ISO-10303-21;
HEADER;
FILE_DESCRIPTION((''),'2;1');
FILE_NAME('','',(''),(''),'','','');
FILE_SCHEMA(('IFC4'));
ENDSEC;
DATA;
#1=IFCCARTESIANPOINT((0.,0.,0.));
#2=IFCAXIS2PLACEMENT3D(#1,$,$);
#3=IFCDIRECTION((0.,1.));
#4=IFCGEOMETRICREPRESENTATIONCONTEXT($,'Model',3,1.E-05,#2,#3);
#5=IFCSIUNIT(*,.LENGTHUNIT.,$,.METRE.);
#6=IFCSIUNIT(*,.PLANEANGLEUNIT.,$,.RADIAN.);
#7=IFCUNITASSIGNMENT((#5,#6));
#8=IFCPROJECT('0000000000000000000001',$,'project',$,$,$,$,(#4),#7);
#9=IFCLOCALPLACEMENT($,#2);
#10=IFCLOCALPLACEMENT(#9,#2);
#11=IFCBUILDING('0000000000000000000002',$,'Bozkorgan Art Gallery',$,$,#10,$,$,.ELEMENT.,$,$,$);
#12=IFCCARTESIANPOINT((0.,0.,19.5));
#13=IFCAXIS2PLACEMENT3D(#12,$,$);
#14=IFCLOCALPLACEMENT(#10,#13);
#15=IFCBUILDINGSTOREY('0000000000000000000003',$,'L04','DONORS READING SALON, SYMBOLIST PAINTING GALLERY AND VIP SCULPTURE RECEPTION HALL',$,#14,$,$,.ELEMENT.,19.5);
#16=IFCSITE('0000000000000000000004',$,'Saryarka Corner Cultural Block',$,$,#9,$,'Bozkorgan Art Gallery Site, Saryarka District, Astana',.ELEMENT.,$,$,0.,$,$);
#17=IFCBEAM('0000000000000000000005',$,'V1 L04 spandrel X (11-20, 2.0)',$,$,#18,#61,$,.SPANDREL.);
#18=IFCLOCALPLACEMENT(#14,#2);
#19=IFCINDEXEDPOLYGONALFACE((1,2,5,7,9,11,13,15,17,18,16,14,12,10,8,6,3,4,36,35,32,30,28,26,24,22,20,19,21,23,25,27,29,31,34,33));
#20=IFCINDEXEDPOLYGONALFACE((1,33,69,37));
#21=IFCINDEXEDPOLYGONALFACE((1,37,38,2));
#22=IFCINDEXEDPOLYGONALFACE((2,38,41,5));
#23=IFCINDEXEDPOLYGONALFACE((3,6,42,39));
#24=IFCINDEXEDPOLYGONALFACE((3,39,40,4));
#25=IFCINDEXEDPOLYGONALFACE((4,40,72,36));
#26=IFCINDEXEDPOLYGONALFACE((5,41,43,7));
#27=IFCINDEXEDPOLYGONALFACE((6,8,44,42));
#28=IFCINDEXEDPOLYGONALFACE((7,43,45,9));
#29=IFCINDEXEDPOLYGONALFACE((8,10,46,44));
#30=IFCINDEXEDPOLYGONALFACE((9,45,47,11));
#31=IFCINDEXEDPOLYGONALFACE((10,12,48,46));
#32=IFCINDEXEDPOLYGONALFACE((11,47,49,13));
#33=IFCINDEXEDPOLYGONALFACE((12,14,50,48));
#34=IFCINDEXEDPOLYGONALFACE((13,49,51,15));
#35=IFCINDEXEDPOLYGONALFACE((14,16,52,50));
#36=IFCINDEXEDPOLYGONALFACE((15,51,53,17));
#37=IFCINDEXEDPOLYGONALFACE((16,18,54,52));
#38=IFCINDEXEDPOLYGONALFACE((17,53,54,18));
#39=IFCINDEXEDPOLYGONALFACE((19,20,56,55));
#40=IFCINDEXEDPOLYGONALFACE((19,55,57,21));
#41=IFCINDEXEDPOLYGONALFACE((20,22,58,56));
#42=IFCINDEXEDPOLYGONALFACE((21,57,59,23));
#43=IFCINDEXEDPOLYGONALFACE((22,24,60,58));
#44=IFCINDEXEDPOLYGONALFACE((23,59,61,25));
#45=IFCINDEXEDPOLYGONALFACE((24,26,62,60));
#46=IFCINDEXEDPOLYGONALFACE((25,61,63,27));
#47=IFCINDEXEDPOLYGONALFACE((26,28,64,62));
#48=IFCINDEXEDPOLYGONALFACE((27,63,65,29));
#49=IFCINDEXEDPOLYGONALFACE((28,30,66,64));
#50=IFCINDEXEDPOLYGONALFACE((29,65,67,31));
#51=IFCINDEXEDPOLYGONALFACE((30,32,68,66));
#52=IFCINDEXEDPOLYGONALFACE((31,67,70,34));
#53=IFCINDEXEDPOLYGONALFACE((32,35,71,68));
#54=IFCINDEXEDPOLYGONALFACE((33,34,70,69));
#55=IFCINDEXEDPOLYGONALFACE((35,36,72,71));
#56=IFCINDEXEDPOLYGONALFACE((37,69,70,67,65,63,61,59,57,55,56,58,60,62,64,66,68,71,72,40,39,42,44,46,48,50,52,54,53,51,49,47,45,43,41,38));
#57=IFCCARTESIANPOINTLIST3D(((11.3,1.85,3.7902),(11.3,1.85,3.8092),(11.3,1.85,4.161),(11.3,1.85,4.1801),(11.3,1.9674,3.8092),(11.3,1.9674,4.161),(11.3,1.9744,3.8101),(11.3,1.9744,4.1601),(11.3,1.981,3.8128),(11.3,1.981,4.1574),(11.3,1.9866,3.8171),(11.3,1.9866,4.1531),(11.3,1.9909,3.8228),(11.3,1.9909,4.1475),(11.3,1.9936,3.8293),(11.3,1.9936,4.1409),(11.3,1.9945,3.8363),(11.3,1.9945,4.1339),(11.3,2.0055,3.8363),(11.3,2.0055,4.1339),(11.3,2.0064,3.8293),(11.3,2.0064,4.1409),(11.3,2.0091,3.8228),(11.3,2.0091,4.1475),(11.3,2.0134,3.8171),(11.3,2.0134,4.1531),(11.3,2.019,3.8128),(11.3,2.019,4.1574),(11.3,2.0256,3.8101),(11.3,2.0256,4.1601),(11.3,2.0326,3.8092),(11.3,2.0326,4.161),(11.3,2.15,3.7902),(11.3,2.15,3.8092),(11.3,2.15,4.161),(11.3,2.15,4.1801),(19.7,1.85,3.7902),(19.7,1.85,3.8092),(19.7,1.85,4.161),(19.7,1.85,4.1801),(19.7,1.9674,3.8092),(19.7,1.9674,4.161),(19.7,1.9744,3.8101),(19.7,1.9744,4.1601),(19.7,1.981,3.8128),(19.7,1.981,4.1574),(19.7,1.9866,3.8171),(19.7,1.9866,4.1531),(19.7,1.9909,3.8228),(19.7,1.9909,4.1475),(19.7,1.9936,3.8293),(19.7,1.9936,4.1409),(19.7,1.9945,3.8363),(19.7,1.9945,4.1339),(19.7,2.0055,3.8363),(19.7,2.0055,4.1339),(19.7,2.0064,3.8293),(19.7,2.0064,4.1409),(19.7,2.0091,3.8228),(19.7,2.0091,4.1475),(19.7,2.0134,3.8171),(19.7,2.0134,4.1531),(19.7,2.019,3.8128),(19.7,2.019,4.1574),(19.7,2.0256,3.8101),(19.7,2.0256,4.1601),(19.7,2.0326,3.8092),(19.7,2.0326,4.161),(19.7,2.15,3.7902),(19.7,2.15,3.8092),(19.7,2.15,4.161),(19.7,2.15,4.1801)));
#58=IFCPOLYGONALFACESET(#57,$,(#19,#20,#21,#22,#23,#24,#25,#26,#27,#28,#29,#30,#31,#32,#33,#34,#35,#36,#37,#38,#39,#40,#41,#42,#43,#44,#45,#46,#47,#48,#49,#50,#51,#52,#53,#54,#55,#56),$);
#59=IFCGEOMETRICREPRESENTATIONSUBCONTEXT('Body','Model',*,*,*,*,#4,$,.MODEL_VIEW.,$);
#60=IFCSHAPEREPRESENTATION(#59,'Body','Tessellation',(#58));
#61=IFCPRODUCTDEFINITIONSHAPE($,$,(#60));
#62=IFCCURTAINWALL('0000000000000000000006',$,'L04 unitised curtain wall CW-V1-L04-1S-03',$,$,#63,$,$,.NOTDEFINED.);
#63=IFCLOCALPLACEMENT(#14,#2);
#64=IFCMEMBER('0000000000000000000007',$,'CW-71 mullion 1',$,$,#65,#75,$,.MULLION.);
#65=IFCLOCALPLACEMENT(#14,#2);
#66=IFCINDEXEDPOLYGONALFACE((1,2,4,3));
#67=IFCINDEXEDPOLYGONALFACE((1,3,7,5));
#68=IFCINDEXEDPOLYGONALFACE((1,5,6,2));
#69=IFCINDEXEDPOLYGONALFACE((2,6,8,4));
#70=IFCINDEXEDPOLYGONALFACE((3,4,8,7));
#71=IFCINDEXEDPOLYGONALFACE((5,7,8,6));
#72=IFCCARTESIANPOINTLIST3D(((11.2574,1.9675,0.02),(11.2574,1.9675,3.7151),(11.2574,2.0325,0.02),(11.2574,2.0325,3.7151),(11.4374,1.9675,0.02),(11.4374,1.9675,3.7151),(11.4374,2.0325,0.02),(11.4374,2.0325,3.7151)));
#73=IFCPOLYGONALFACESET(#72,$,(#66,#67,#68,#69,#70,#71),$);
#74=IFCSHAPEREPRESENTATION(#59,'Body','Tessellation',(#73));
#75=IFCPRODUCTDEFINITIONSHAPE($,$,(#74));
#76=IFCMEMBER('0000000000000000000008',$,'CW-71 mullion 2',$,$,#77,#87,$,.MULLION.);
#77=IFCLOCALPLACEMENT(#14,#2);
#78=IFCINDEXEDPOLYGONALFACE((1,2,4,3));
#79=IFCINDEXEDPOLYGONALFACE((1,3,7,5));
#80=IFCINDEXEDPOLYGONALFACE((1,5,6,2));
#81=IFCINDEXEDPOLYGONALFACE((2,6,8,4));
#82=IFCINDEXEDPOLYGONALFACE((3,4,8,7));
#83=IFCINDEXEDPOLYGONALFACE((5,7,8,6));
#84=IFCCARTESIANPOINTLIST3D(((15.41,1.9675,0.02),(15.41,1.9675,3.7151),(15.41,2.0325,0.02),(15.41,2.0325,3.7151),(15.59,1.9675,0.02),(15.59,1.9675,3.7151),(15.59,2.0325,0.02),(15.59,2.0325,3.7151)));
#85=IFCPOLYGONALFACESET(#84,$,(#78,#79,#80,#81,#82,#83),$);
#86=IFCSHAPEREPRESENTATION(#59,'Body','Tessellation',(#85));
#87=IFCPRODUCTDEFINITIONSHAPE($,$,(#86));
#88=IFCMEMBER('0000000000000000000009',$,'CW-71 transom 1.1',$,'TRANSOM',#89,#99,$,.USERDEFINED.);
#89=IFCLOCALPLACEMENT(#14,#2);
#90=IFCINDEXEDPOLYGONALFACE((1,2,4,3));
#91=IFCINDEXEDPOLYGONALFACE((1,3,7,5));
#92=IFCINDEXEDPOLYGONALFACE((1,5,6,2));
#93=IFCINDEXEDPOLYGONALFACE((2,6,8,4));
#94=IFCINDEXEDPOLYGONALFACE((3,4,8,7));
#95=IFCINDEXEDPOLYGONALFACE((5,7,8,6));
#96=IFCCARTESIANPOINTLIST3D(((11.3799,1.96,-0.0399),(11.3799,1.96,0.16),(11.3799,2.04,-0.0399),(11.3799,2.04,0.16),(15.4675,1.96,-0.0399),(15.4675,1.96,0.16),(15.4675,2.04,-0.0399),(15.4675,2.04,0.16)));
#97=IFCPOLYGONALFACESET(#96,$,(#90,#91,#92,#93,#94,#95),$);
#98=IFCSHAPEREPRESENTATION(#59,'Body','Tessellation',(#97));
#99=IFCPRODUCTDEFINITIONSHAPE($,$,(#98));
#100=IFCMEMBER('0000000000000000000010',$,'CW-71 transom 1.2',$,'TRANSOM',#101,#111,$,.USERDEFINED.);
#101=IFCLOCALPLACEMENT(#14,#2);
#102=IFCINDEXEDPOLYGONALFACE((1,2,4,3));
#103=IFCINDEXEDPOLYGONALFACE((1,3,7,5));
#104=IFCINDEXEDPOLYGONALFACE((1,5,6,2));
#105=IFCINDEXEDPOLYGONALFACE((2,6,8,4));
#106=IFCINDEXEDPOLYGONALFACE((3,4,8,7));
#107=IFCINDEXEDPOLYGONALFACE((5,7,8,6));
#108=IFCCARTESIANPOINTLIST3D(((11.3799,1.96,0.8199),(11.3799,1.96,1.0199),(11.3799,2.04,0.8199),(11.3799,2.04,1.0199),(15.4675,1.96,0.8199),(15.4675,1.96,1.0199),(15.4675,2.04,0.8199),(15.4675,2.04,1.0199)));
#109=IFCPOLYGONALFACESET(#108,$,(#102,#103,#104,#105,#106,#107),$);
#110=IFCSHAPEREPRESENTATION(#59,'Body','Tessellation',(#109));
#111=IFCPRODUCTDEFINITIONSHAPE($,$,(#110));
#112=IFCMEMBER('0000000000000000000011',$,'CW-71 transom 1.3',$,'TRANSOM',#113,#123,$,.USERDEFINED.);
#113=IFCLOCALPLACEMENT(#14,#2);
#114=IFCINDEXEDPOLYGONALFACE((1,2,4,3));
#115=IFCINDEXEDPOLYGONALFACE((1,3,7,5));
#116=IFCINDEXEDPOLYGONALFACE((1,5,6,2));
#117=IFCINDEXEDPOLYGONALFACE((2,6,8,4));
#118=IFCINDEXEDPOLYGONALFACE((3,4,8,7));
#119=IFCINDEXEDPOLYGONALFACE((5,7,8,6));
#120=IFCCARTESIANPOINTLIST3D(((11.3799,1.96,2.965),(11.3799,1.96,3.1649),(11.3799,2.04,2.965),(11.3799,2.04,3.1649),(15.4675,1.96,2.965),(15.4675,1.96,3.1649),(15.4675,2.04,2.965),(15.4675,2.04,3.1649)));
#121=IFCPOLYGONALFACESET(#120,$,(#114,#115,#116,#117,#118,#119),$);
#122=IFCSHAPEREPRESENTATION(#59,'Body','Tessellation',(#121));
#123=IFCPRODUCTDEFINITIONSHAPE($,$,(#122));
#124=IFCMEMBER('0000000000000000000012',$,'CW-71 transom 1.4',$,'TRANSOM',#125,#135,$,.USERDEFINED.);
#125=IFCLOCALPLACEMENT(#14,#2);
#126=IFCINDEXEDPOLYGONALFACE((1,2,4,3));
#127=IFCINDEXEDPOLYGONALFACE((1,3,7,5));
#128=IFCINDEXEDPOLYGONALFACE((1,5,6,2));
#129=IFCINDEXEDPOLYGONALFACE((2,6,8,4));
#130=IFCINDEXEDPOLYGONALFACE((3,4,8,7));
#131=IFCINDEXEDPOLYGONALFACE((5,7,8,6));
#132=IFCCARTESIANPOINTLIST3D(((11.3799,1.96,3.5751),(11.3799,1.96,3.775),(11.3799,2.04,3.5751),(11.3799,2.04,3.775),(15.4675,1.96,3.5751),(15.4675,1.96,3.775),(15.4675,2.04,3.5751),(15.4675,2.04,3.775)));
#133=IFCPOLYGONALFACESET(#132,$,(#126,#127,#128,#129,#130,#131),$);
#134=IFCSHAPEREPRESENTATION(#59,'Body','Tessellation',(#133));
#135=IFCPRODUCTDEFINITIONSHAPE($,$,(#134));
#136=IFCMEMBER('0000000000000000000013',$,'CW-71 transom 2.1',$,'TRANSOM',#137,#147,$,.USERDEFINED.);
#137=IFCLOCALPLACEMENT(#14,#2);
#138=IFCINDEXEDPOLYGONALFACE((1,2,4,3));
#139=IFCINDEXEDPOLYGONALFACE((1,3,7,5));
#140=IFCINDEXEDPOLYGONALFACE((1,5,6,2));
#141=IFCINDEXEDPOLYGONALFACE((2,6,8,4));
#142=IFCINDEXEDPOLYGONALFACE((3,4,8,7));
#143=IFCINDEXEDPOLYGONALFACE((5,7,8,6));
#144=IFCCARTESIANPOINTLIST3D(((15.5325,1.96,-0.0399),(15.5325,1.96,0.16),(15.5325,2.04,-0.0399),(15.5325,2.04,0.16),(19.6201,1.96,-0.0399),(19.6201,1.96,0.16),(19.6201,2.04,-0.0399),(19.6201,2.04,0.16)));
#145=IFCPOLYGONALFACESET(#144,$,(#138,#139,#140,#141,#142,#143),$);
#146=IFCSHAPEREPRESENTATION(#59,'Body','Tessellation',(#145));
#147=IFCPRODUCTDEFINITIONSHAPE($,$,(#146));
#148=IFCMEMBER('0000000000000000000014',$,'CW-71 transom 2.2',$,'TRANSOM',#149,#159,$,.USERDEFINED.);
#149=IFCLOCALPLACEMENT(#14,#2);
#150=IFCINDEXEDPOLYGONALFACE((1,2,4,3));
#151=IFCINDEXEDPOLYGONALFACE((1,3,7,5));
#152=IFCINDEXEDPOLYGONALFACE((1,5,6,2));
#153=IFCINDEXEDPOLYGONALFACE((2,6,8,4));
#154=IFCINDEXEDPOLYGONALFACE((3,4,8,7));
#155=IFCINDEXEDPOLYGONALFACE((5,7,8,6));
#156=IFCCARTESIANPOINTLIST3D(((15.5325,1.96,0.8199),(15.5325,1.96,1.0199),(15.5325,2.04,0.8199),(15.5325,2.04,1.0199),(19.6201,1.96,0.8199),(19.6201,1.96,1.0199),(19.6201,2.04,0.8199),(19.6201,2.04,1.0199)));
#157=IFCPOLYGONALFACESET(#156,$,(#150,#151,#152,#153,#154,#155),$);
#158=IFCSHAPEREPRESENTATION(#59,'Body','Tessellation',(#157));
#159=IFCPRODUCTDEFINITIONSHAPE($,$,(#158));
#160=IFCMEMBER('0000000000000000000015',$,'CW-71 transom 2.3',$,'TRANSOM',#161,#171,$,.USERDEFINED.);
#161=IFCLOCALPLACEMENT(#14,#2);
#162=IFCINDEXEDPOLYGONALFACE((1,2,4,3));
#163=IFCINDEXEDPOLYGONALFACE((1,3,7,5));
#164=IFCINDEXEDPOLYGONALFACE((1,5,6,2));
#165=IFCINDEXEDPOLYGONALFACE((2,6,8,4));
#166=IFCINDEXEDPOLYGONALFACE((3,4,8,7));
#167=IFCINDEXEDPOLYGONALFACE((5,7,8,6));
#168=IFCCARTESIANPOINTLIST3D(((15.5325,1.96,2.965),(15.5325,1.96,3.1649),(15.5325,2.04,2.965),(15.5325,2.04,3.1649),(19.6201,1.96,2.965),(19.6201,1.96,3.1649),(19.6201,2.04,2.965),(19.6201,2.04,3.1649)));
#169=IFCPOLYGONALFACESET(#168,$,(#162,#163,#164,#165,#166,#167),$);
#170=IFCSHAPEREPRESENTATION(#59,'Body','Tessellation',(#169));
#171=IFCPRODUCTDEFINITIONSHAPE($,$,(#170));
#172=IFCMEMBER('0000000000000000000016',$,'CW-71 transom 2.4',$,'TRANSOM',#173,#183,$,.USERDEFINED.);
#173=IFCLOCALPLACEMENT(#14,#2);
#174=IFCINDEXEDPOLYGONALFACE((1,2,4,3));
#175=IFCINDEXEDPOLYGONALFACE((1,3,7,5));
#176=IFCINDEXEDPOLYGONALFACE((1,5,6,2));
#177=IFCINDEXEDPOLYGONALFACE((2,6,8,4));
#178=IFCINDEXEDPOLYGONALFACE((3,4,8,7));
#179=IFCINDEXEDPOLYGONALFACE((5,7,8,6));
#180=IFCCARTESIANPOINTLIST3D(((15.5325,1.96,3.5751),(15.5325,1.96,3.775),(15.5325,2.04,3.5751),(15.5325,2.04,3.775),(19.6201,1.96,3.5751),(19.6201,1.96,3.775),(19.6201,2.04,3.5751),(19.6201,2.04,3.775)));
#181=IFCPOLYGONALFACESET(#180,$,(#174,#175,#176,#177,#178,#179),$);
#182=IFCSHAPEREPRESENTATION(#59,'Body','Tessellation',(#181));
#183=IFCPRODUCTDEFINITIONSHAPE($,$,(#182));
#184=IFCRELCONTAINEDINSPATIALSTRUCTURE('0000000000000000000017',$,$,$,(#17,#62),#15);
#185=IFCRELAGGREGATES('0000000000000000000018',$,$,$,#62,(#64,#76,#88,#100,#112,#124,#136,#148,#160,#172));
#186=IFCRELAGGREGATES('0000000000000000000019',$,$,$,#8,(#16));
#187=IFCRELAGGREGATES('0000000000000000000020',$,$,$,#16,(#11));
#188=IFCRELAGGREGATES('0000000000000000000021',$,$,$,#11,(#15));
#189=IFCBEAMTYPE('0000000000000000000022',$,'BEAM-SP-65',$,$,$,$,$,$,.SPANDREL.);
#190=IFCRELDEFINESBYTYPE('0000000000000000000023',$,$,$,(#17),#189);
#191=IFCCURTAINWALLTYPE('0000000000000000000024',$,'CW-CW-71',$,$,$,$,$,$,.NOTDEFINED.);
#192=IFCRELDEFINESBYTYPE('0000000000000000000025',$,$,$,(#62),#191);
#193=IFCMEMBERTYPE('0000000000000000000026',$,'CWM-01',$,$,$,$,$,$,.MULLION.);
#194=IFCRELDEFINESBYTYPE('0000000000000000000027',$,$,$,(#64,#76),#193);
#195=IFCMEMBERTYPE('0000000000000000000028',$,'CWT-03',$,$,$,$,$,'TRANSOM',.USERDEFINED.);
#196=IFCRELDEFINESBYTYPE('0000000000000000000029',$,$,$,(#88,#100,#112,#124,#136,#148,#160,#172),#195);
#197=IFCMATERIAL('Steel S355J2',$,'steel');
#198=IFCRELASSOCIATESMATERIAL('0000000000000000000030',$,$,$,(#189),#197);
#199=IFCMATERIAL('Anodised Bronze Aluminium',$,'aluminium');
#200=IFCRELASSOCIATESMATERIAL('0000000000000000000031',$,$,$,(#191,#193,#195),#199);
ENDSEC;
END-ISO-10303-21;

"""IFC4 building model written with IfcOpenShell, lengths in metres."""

from ifc_helpers import new_model, si_unit, direction, frame, origin, origin_2d, place, context, subcontext, project, spatial, rectangle, i_section, extrude, material, material_profile, profile_set, type_object, element, aggregate, save


model = new_model("IFC4")

# Units and contexts
model_context = context("Model", 3, precision=1e-05, world=origin(), true_north=direction((0.0, 1.0)))
body_context = subcontext(model_context, "Body", "Model", "MODEL_VIEW")
ifc_project = project(units=[si_unit("LENGTHUNIT", "METRE"), si_unit("PLANEANGLEUNIT", "RADIAN")], contexts=[model_context])

# Site, building, storey
site_placement = place(None, origin())
site = spatial("IfcSite", under=ifc_project, at=site_placement, Name="Saryarka Corner Cultural Block", LongName="Bozkorgan Art Gallery Site, Saryarka District, Astana", CompositionType="ELEMENT", RefElevation=0.0)
building_placement = place(site_placement, origin())
building = spatial("IfcBuilding", under=site, at=building_placement, Name="Bozkorgan Art Gallery", CompositionType="ELEMENT")
storey_placement = place(building_placement, frame((0.0, 0.0, 19.5)))
storey = spatial("IfcBuildingStorey", under=building, at=storey_placement, Name="L04", Description="DONORS READING SALON, SYMBOLIST PAINTING GALLERY AND VIP SCULPTURE RECEPTION HALL", CompositionType="ELEMENT", Elevation=19.5)

# Beam
ifc_material_1 = material(Name="Steel S355J2", Category="steel")
ifc_material_profile_1 = material_profile(ifc_material_1, i_section(OverallWidth=0.3, OverallDepth=0.3899, WebThickness=0.011, FlangeThickness=0.019, FilletRadius=0.0271, at=origin_2d()), Name="HEA 400")
ifc_profile_set_1 = profile_set([ifc_material_profile_1], Name="Steel S355J2")
beam_type = type_object("IfcBeamType", Name="BEAM-SP-65", PredefinedType="SPANDREL", material=ifc_profile_set_1)
beam_placement = place(storey_placement, frame((11.3, 2.0, 3.9851), z_axis=(1.0, 0.0, 0.0), x_axis=(0.0, 1.0, 0.0)))
element("IfcBeam", 1, at=beam_placement, inside=storey, type_object=beam_type, Name="V1 L04 spandrel X (11-20, 2.0)", PredefinedType="SPANDREL", context=body_context, shape_type="SweptSolid", body=[
    extrude(i_section(OverallWidth=0.3, OverallDepth=0.3899, WebThickness=0.011, FlangeThickness=0.019, FilletRadius=0.0271, at=origin_2d()), origin(), (0.0, 0.0, 1.0), 8.3999),
])

# Curtain wall, members
ifc_material_2 = material(Name="Anodised Bronze Aluminium", Category="aluminium")
curtain_wall_type = type_object("IfcCurtainWallType", Name="CW-CW-71", PredefinedType="NOTDEFINED", material=ifc_material_2)
curtain_wall_placement = place(storey_placement, origin())
curtain_wall = element("IfcCurtainWall", 2, at=curtain_wall_placement, inside=storey, type_object=curtain_wall_type, Name="L04 unitised curtain wall CW-V1-L04-1S-03", PredefinedType="NOTDEFINED")
ifc_material_profile_2 = material_profile(ifc_material_2, rectangle(XDim=0.0649, YDim=0.1799, at=origin_2d()), Name="ALU MULLION 65x180")
ifc_profile_set_2 = profile_set([ifc_material_profile_2], Name="Anodised Bronze Aluminium")
member_type_1 = type_object("IfcMemberType", Name="CWM-01", PredefinedType="MULLION", material=ifc_profile_set_2)
member_1_placement = place(storey_placement, frame((11.3474, 2.0, 0.02), z_axis=(0.0, 0.0, 1.0), x_axis=(0.0, 1.0, 0.0)))
member_1 = element("IfcMember", 3, at=member_1_placement, type_object=member_type_1, Name="CW-71 mullion 1", PredefinedType="MULLION", context=body_context, shape_type="SweptSolid", body=[
    extrude(rectangle(XDim=0.0649, YDim=0.1799, at=origin_2d()), origin(), (0.0, 0.0, 1.0), 3.6951),
])
member_2_placement = place(storey_placement, frame((15.5, 2.0, 0.02), z_axis=(0.0, 0.0, 1.0), x_axis=(0.0, 1.0, 0.0)))
member_2 = element("IfcMember", 4, at=member_2_placement, type_object=member_type_1, Name="CW-71 mullion 2", PredefinedType="MULLION", context=body_context, shape_type="SweptSolid", body=[
    extrude(rectangle(XDim=0.0649, YDim=0.1799, at=origin_2d()), origin(), (0.0, 0.0, 1.0), 3.6951),
])
ifc_material_profile_3 = material_profile(ifc_material_2, rectangle(XDim=0.0801, YDim=0.2, at=origin_2d()), Name="ALU TRANSOM 80x200")
ifc_profile_set_3 = profile_set([ifc_material_profile_3], Name="Anodised Bronze Aluminium")
member_type_2 = type_object("IfcMemberType", Name="CWT-03", ElementType="TRANSOM", PredefinedType="USERDEFINED", material=ifc_profile_set_3)
member_3_placement = place(storey_placement, frame((11.3799, 2.0, 0.0601), z_axis=(1.0, 0.0, 0.0), x_axis=(0.0, 1.0, 0.0)))
member_3 = element("IfcMember", 5, at=member_3_placement, type_object=member_type_2, Name="CW-71 transom 1.1", ObjectType="TRANSOM", PredefinedType="USERDEFINED", context=body_context, shape_type="SweptSolid", body=[
    extrude(rectangle(XDim=0.0801, YDim=0.2, at=origin_2d()), origin(), (0.0, 0.0, 1.0), 4.0876),
])
member_4_placement = place(storey_placement, frame((11.3799, 2.0, 0.9199), z_axis=(1.0, 0.0, 0.0), x_axis=(0.0, 1.0, 0.0)))
member_4 = element("IfcMember", 6, at=member_4_placement, type_object=member_type_2, Name="CW-71 transom 1.2", ObjectType="TRANSOM", PredefinedType="USERDEFINED", context=body_context, shape_type="SweptSolid", body=[
    extrude(rectangle(XDim=0.0801, YDim=0.2, at=origin_2d()), origin(), (0.0, 0.0, 1.0), 4.0876),
])
member_5_placement = place(storey_placement, frame((11.3799, 2.0, 3.0649), z_axis=(1.0, 0.0, 0.0), x_axis=(0.0, 1.0, 0.0)))
member_5 = element("IfcMember", 7, at=member_5_placement, type_object=member_type_2, Name="CW-71 transom 1.3", ObjectType="TRANSOM", PredefinedType="USERDEFINED", context=body_context, shape_type="SweptSolid", body=[
    extrude(rectangle(XDim=0.0801, YDim=0.2, at=origin_2d()), origin(), (0.0, 0.0, 1.0), 4.0876),
])
member_6_placement = place(storey_placement, frame((11.3799, 2.0, 3.675), z_axis=(1.0, 0.0, 0.0), x_axis=(0.0, 1.0, 0.0)))
member_6 = element("IfcMember", 8, at=member_6_placement, type_object=member_type_2, Name="CW-71 transom 1.4", ObjectType="TRANSOM", PredefinedType="USERDEFINED", context=body_context, shape_type="SweptSolid", body=[
    extrude(rectangle(XDim=0.0801, YDim=0.2, at=origin_2d()), origin(), (0.0, 0.0, 1.0), 4.0876),
])
member_7_placement = place(storey_placement, frame((15.5325, 2.0, 0.0601), z_axis=(1.0, 0.0, 0.0), x_axis=(0.0, 1.0, 0.0)))
member_7 = element("IfcMember", 9, at=member_7_placement, type_object=member_type_2, Name="CW-71 transom 2.1", ObjectType="TRANSOM", PredefinedType="USERDEFINED", context=body_context, shape_type="SweptSolid", body=[
    extrude(rectangle(XDim=0.0801, YDim=0.2, at=origin_2d()), origin(), (0.0, 0.0, 1.0), 4.0876),
])
member_8_placement = place(storey_placement, frame((15.5325, 2.0, 0.9199), z_axis=(1.0, 0.0, 0.0), x_axis=(0.0, 1.0, 0.0)))
member_8 = element("IfcMember", 10, at=member_8_placement, type_object=member_type_2, Name="CW-71 transom 2.2", ObjectType="TRANSOM", PredefinedType="USERDEFINED", context=body_context, shape_type="SweptSolid", body=[
    extrude(rectangle(XDim=0.0801, YDim=0.2, at=origin_2d()), origin(), (0.0, 0.0, 1.0), 4.0876),
])
member_9_placement = place(storey_placement, frame((15.5325, 2.0, 3.0649), z_axis=(1.0, 0.0, 0.0), x_axis=(0.0, 1.0, 0.0)))
member_9 = element("IfcMember", 11, at=member_9_placement, type_object=member_type_2, Name="CW-71 transom 2.3", ObjectType="TRANSOM", PredefinedType="USERDEFINED", context=body_context, shape_type="SweptSolid", body=[
    extrude(rectangle(XDim=0.0801, YDim=0.2, at=origin_2d()), origin(), (0.0, 0.0, 1.0), 4.0876),
])
member_10_placement = place(storey_placement, frame((15.5325, 2.0, 3.675), z_axis=(1.0, 0.0, 0.0), x_axis=(0.0, 1.0, 0.0)))
member_10 = element("IfcMember", 12, at=member_10_placement, type_object=member_type_2, Name="CW-71 transom 2.4", ObjectType="TRANSOM", PredefinedType="USERDEFINED", context=body_context, shape_type="SweptSolid", body=[
    extrude(rectangle(XDim=0.0801, YDim=0.2, at=origin_2d()), origin(), (0.0, 0.0, 1.0), 4.0876),
])
aggregate(curtain_wall, [member_1, member_2, member_3, member_4, member_5, member_6, member_7, member_8, member_9, member_10])

save(model, "model.ifc")
